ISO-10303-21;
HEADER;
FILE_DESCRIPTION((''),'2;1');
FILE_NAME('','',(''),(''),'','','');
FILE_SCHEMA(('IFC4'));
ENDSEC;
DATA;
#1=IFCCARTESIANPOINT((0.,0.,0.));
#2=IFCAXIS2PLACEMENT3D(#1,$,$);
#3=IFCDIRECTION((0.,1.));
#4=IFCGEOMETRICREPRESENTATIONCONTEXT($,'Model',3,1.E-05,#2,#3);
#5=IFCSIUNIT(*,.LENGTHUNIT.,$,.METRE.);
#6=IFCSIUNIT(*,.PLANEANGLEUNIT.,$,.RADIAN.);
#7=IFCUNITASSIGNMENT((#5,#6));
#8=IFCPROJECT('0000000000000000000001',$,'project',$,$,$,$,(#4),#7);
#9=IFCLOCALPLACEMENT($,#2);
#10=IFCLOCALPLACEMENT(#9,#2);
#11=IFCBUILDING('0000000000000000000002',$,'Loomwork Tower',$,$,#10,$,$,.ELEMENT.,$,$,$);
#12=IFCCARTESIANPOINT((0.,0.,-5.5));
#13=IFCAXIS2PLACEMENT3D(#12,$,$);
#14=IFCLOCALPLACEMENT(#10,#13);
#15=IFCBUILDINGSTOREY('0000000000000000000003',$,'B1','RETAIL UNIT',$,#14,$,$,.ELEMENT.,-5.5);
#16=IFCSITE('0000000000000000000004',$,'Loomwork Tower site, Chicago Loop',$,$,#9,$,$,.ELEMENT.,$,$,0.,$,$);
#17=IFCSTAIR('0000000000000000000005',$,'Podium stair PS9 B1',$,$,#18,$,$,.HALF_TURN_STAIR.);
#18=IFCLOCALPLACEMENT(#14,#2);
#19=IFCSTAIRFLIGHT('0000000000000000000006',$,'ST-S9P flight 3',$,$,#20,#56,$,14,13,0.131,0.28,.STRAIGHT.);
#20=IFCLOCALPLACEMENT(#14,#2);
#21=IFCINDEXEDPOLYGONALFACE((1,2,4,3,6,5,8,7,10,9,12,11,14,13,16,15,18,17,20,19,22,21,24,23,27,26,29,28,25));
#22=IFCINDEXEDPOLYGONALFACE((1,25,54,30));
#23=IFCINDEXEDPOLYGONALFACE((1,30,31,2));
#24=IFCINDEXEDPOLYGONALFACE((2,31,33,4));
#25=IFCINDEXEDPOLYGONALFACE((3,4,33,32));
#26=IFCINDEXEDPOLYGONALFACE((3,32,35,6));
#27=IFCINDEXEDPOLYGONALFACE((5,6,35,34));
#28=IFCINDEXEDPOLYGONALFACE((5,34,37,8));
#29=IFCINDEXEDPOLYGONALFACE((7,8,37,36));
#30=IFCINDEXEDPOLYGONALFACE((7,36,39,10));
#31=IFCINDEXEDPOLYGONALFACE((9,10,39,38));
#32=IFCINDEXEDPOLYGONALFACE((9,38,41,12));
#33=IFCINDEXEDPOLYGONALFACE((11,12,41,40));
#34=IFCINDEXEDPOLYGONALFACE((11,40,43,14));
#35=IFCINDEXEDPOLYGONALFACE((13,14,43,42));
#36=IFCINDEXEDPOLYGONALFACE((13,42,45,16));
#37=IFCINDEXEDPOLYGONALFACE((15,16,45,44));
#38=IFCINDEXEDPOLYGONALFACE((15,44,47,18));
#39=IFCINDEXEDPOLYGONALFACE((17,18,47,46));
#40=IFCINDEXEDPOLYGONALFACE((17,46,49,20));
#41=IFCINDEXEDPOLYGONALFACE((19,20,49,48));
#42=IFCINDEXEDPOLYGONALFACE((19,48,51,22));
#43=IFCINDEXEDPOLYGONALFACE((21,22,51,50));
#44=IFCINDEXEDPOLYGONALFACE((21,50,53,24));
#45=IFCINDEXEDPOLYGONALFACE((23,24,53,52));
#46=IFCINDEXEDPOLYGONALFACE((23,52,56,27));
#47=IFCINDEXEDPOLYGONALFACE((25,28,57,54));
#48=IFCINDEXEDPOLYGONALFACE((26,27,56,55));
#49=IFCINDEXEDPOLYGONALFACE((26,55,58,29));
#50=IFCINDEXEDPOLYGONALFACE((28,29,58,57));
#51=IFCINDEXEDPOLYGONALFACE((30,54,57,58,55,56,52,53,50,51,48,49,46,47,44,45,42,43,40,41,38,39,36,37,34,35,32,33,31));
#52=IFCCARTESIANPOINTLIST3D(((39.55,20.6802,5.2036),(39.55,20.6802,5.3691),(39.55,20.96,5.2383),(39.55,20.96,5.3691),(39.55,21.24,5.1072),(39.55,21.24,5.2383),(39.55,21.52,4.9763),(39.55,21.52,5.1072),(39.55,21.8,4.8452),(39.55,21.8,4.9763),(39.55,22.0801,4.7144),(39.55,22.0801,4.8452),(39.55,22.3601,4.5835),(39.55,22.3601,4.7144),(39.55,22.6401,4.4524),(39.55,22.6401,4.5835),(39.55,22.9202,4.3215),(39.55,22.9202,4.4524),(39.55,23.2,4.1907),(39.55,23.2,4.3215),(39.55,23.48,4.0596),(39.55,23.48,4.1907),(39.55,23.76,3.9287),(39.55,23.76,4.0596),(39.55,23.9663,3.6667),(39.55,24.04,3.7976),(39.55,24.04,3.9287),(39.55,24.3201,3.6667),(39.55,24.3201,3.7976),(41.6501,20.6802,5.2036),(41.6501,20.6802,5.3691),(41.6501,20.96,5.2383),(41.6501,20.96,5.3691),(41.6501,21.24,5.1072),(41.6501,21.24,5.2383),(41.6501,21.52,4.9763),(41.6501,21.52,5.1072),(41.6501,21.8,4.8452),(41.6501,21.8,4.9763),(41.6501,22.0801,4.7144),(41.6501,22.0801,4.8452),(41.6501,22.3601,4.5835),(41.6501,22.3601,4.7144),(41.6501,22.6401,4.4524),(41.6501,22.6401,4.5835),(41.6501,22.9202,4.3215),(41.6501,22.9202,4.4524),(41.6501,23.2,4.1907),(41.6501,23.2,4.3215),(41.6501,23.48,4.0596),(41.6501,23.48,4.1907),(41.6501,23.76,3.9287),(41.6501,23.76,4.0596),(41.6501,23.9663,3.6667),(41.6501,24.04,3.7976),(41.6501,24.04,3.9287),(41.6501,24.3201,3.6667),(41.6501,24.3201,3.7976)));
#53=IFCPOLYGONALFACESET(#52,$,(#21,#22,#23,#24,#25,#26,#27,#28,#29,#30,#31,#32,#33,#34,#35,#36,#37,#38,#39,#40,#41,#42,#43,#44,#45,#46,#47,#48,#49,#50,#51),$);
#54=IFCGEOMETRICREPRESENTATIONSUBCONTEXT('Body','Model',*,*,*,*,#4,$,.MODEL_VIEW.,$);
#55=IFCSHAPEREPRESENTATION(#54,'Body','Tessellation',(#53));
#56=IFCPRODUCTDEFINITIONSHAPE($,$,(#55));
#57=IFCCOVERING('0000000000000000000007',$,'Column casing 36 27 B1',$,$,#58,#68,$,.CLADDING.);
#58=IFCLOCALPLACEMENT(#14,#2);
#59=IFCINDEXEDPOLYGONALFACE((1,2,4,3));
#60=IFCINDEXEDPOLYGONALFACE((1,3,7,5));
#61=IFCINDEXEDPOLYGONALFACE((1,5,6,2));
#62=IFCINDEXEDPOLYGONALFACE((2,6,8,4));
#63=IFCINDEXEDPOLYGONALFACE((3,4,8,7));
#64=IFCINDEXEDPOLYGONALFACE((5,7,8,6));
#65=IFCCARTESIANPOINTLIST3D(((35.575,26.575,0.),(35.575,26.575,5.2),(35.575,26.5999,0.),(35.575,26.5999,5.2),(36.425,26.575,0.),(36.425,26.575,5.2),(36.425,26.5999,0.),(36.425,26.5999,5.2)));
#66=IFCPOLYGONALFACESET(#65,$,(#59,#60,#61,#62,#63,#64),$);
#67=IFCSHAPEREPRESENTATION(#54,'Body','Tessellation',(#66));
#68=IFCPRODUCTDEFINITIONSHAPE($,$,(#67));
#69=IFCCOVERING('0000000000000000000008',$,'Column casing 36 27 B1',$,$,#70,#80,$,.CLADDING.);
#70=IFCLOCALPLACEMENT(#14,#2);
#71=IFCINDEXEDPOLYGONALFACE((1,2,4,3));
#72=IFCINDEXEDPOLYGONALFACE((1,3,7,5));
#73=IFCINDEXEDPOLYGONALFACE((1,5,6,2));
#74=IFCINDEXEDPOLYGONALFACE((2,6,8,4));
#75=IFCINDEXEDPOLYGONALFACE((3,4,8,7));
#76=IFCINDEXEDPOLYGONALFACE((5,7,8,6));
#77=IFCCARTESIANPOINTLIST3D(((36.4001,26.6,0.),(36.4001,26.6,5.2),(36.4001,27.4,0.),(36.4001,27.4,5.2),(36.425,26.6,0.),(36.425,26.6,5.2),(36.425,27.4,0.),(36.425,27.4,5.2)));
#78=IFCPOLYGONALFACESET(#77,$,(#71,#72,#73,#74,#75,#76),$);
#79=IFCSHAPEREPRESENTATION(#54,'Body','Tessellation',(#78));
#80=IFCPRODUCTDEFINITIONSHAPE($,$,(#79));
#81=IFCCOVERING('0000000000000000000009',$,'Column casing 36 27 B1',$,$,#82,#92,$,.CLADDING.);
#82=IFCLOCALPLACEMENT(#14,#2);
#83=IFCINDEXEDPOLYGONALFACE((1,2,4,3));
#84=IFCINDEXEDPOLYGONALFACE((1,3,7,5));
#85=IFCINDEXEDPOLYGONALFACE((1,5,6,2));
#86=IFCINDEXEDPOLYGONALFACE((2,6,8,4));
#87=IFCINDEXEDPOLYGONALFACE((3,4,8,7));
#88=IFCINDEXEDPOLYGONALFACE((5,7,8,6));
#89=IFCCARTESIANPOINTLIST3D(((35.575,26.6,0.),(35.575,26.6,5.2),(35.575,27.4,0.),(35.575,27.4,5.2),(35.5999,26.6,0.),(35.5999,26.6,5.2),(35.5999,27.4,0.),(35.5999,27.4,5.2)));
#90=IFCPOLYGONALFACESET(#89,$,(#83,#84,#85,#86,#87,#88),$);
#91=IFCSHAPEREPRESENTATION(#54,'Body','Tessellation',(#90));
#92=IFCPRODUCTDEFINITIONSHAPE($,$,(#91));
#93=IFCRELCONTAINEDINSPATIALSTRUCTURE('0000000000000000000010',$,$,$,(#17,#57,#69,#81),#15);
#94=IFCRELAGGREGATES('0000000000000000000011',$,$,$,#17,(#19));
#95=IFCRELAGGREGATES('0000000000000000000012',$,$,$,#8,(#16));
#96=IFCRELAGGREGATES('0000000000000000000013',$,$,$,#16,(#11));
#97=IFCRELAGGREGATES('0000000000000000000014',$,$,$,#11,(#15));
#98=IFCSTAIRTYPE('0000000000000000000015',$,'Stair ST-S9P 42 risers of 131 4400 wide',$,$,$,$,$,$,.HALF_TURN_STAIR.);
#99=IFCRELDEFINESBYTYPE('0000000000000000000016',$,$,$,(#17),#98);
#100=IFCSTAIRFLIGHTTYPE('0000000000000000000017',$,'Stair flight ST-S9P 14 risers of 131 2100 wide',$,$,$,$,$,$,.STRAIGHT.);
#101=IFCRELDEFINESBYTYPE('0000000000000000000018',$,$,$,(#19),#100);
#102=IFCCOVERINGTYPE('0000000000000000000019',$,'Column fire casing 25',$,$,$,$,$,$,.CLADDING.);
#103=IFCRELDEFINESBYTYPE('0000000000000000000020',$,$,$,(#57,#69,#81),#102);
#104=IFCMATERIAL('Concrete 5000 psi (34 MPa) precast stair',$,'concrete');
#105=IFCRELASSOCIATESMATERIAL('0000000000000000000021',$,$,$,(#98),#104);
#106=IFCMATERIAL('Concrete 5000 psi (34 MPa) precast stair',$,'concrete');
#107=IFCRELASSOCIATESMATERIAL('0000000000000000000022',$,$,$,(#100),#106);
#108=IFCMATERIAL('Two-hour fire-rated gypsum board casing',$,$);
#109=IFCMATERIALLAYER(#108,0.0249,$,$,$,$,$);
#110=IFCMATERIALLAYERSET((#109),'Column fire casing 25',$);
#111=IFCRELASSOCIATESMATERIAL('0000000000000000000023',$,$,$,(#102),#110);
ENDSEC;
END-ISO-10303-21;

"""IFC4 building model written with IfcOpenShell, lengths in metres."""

from ifc_helpers import new_model, si_unit, direction, frame, origin, origin_2d, place, context, subcontext, project, spatial, polyline, rectangle, outline, extrude, material, layer, layer_set, type_object, element, aggregate, save


model = new_model("IFC4")

# Units and contexts
model_context = context("Model", 3, precision=1e-05, world=origin(), true_north=direction((0.0, 1.0)))
body_context = subcontext(model_context, "Body", "Model", "MODEL_VIEW")
ifc_project = project(units=[si_unit("LENGTHUNIT", "METRE"), si_unit("PLANEANGLEUNIT", "RADIAN")], contexts=[model_context])

# Site, building, storey
site_placement = place(None, origin())
site = spatial("IfcSite", under=ifc_project, at=site_placement, Name="Loomwork Tower site, Chicago Loop", CompositionType="ELEMENT", RefElevation=0.0)
building_placement = place(site_placement, origin())
building = spatial("IfcBuilding", under=site, at=building_placement, Name="Loomwork Tower", CompositionType="ELEMENT")
storey_placement = place(building_placement, frame((0.0, 0.0, -5.5)))
storey = spatial("IfcBuildingStorey", under=building, at=storey_placement, Name="B1", Description="RETAIL UNIT", CompositionType="ELEMENT", Elevation=-5.5)

# Stair, stair flight
ifc_material_1 = material(Name="Concrete 5000 psi (34 MPa) precast stair", Category="concrete")
stair_type = type_object("IfcStairType", Name="Stair ST-S9P 42 risers of 131 4400 wide", PredefinedType="HALF_TURN_STAIR", material=ifc_material_1)
stair_placement = place(storey_placement, origin())
stair = element("IfcStair", 1, at=stair_placement, inside=storey, type_object=stair_type, Name="Podium stair PS9 B1", PredefinedType="HALF_TURN_STAIR")
ifc_material_2 = material(Name="Concrete 5000 psi (34 MPa) precast stair", Category="concrete")
stair_flight_type = type_object("IfcStairFlightType", Name="Stair flight ST-S9P 14 risers of 131 2100 wide", PredefinedType="STRAIGHT", material=ifc_material_2)
stair_flight_1_placement = place(storey_placement, frame((40.6001, 24.3201, 3.6667), z_axis=(0.0, 0.0, 1.0), x_axis=(0.0, -1.0, 0.0)))
stair_flight_1 = element("IfcStairFlight", 2, at=stair_flight_1_placement, type_object=stair_flight_type, Name="ST-S9P flight 3", NumberOfRisers=14, NumberOfTreads=13, PredefinedType="STRAIGHT", RiserHeight=0.131, TreadLength=0.28, context=body_context, shape_type="SweptSolid", body=[
    extrude(outline(polyline([(0.0, 0.0), (0.0, 0.1309), (0.28, 0.1309), (0.28, 0.262), (0.5601, 0.262), (0.5601, 0.3928), (0.8401, 0.3928), (0.8401, 0.5239), (1.1201, 0.5239), (1.1201, 0.6548), (1.3999, 0.6548), (1.3999, 0.7856), (1.6799, 0.7856), (1.6799, 0.9167), (1.96, 0.9167), (1.96, 1.0476), (2.24, 1.0476), (2.24, 1.1785), (2.52, 1.1785), (2.52, 1.3096), (2.8, 1.3096), (2.8, 1.4404), (3.0801, 1.4404), (3.0801, 1.5715), (3.3601, 1.5715), (3.3601, 1.7024), (3.6399, 1.7024), (3.6399, 1.8333), (3.6399, 1.5369), (0.3538, 0.0), (0.0, 0.0)])), frame((0.0, 1.05, 0.0), z_axis=(0.0, -1.0, 0.0), x_axis=(1.0, 0.0, 0.0)), (0.0, 0.0, 1.0), 2.1001),
])
aggregate(stair, [stair_flight_1])

# Coverings
ifc_material_3 = material(Name="Two-hour fire-rated gypsum board casing")
ifc_layer_1 = layer(ifc_material_3, 0.0249)
ifc_layer_set_1 = layer_set([ifc_layer_1], Name="Column fire casing 25")
covering_type = type_object("IfcCoveringType", Name="Column fire casing 25", PredefinedType="CLADDING", material=ifc_layer_set_1)
covering_placement = place(storey_placement, frame((36.0, 26.5874, 0.0), z_axis=(0.0, 0.0, 1.0), x_axis=(1.0, 0.0, 0.0)))
element("IfcCovering", 3, at=covering_placement, inside=storey, type_object=covering_type, Name="Column casing 36 27 B1", PredefinedType="CLADDING", context=body_context, shape_type="SweptSolid", body=[
    extrude(rectangle(XDim=0.8501, YDim=0.0249, at=origin_2d()), origin(), (0.0, 0.0, 1.0), 5.2),
])
for number, where, z_axis, x_axis, name in (
    (4, (36.4126, 27.0, 0.0), (0.0, 0.0, 1.0), (1.0, 0.0, 0.0), "Column casing 36 27 B1"),
    (5, (35.5874, 27.0, 0.0), (0.0, 0.0, 1.0), (1.0, 0.0, 0.0), "Column casing 36 27 B1"),
):
    element("IfcCovering", number, at=place(storey_placement, frame(where, z_axis=z_axis, x_axis=x_axis)), inside=storey, type_object=covering_type, Name=name, PredefinedType="CLADDING", context=body_context, shape_type="SweptSolid", body=[
        extrude(rectangle(XDim=0.0249, YDim=0.8, at=origin_2d()), origin(), (0.0, 0.0, 1.0), 5.2),
    ])

save(model, "model.ifc")
